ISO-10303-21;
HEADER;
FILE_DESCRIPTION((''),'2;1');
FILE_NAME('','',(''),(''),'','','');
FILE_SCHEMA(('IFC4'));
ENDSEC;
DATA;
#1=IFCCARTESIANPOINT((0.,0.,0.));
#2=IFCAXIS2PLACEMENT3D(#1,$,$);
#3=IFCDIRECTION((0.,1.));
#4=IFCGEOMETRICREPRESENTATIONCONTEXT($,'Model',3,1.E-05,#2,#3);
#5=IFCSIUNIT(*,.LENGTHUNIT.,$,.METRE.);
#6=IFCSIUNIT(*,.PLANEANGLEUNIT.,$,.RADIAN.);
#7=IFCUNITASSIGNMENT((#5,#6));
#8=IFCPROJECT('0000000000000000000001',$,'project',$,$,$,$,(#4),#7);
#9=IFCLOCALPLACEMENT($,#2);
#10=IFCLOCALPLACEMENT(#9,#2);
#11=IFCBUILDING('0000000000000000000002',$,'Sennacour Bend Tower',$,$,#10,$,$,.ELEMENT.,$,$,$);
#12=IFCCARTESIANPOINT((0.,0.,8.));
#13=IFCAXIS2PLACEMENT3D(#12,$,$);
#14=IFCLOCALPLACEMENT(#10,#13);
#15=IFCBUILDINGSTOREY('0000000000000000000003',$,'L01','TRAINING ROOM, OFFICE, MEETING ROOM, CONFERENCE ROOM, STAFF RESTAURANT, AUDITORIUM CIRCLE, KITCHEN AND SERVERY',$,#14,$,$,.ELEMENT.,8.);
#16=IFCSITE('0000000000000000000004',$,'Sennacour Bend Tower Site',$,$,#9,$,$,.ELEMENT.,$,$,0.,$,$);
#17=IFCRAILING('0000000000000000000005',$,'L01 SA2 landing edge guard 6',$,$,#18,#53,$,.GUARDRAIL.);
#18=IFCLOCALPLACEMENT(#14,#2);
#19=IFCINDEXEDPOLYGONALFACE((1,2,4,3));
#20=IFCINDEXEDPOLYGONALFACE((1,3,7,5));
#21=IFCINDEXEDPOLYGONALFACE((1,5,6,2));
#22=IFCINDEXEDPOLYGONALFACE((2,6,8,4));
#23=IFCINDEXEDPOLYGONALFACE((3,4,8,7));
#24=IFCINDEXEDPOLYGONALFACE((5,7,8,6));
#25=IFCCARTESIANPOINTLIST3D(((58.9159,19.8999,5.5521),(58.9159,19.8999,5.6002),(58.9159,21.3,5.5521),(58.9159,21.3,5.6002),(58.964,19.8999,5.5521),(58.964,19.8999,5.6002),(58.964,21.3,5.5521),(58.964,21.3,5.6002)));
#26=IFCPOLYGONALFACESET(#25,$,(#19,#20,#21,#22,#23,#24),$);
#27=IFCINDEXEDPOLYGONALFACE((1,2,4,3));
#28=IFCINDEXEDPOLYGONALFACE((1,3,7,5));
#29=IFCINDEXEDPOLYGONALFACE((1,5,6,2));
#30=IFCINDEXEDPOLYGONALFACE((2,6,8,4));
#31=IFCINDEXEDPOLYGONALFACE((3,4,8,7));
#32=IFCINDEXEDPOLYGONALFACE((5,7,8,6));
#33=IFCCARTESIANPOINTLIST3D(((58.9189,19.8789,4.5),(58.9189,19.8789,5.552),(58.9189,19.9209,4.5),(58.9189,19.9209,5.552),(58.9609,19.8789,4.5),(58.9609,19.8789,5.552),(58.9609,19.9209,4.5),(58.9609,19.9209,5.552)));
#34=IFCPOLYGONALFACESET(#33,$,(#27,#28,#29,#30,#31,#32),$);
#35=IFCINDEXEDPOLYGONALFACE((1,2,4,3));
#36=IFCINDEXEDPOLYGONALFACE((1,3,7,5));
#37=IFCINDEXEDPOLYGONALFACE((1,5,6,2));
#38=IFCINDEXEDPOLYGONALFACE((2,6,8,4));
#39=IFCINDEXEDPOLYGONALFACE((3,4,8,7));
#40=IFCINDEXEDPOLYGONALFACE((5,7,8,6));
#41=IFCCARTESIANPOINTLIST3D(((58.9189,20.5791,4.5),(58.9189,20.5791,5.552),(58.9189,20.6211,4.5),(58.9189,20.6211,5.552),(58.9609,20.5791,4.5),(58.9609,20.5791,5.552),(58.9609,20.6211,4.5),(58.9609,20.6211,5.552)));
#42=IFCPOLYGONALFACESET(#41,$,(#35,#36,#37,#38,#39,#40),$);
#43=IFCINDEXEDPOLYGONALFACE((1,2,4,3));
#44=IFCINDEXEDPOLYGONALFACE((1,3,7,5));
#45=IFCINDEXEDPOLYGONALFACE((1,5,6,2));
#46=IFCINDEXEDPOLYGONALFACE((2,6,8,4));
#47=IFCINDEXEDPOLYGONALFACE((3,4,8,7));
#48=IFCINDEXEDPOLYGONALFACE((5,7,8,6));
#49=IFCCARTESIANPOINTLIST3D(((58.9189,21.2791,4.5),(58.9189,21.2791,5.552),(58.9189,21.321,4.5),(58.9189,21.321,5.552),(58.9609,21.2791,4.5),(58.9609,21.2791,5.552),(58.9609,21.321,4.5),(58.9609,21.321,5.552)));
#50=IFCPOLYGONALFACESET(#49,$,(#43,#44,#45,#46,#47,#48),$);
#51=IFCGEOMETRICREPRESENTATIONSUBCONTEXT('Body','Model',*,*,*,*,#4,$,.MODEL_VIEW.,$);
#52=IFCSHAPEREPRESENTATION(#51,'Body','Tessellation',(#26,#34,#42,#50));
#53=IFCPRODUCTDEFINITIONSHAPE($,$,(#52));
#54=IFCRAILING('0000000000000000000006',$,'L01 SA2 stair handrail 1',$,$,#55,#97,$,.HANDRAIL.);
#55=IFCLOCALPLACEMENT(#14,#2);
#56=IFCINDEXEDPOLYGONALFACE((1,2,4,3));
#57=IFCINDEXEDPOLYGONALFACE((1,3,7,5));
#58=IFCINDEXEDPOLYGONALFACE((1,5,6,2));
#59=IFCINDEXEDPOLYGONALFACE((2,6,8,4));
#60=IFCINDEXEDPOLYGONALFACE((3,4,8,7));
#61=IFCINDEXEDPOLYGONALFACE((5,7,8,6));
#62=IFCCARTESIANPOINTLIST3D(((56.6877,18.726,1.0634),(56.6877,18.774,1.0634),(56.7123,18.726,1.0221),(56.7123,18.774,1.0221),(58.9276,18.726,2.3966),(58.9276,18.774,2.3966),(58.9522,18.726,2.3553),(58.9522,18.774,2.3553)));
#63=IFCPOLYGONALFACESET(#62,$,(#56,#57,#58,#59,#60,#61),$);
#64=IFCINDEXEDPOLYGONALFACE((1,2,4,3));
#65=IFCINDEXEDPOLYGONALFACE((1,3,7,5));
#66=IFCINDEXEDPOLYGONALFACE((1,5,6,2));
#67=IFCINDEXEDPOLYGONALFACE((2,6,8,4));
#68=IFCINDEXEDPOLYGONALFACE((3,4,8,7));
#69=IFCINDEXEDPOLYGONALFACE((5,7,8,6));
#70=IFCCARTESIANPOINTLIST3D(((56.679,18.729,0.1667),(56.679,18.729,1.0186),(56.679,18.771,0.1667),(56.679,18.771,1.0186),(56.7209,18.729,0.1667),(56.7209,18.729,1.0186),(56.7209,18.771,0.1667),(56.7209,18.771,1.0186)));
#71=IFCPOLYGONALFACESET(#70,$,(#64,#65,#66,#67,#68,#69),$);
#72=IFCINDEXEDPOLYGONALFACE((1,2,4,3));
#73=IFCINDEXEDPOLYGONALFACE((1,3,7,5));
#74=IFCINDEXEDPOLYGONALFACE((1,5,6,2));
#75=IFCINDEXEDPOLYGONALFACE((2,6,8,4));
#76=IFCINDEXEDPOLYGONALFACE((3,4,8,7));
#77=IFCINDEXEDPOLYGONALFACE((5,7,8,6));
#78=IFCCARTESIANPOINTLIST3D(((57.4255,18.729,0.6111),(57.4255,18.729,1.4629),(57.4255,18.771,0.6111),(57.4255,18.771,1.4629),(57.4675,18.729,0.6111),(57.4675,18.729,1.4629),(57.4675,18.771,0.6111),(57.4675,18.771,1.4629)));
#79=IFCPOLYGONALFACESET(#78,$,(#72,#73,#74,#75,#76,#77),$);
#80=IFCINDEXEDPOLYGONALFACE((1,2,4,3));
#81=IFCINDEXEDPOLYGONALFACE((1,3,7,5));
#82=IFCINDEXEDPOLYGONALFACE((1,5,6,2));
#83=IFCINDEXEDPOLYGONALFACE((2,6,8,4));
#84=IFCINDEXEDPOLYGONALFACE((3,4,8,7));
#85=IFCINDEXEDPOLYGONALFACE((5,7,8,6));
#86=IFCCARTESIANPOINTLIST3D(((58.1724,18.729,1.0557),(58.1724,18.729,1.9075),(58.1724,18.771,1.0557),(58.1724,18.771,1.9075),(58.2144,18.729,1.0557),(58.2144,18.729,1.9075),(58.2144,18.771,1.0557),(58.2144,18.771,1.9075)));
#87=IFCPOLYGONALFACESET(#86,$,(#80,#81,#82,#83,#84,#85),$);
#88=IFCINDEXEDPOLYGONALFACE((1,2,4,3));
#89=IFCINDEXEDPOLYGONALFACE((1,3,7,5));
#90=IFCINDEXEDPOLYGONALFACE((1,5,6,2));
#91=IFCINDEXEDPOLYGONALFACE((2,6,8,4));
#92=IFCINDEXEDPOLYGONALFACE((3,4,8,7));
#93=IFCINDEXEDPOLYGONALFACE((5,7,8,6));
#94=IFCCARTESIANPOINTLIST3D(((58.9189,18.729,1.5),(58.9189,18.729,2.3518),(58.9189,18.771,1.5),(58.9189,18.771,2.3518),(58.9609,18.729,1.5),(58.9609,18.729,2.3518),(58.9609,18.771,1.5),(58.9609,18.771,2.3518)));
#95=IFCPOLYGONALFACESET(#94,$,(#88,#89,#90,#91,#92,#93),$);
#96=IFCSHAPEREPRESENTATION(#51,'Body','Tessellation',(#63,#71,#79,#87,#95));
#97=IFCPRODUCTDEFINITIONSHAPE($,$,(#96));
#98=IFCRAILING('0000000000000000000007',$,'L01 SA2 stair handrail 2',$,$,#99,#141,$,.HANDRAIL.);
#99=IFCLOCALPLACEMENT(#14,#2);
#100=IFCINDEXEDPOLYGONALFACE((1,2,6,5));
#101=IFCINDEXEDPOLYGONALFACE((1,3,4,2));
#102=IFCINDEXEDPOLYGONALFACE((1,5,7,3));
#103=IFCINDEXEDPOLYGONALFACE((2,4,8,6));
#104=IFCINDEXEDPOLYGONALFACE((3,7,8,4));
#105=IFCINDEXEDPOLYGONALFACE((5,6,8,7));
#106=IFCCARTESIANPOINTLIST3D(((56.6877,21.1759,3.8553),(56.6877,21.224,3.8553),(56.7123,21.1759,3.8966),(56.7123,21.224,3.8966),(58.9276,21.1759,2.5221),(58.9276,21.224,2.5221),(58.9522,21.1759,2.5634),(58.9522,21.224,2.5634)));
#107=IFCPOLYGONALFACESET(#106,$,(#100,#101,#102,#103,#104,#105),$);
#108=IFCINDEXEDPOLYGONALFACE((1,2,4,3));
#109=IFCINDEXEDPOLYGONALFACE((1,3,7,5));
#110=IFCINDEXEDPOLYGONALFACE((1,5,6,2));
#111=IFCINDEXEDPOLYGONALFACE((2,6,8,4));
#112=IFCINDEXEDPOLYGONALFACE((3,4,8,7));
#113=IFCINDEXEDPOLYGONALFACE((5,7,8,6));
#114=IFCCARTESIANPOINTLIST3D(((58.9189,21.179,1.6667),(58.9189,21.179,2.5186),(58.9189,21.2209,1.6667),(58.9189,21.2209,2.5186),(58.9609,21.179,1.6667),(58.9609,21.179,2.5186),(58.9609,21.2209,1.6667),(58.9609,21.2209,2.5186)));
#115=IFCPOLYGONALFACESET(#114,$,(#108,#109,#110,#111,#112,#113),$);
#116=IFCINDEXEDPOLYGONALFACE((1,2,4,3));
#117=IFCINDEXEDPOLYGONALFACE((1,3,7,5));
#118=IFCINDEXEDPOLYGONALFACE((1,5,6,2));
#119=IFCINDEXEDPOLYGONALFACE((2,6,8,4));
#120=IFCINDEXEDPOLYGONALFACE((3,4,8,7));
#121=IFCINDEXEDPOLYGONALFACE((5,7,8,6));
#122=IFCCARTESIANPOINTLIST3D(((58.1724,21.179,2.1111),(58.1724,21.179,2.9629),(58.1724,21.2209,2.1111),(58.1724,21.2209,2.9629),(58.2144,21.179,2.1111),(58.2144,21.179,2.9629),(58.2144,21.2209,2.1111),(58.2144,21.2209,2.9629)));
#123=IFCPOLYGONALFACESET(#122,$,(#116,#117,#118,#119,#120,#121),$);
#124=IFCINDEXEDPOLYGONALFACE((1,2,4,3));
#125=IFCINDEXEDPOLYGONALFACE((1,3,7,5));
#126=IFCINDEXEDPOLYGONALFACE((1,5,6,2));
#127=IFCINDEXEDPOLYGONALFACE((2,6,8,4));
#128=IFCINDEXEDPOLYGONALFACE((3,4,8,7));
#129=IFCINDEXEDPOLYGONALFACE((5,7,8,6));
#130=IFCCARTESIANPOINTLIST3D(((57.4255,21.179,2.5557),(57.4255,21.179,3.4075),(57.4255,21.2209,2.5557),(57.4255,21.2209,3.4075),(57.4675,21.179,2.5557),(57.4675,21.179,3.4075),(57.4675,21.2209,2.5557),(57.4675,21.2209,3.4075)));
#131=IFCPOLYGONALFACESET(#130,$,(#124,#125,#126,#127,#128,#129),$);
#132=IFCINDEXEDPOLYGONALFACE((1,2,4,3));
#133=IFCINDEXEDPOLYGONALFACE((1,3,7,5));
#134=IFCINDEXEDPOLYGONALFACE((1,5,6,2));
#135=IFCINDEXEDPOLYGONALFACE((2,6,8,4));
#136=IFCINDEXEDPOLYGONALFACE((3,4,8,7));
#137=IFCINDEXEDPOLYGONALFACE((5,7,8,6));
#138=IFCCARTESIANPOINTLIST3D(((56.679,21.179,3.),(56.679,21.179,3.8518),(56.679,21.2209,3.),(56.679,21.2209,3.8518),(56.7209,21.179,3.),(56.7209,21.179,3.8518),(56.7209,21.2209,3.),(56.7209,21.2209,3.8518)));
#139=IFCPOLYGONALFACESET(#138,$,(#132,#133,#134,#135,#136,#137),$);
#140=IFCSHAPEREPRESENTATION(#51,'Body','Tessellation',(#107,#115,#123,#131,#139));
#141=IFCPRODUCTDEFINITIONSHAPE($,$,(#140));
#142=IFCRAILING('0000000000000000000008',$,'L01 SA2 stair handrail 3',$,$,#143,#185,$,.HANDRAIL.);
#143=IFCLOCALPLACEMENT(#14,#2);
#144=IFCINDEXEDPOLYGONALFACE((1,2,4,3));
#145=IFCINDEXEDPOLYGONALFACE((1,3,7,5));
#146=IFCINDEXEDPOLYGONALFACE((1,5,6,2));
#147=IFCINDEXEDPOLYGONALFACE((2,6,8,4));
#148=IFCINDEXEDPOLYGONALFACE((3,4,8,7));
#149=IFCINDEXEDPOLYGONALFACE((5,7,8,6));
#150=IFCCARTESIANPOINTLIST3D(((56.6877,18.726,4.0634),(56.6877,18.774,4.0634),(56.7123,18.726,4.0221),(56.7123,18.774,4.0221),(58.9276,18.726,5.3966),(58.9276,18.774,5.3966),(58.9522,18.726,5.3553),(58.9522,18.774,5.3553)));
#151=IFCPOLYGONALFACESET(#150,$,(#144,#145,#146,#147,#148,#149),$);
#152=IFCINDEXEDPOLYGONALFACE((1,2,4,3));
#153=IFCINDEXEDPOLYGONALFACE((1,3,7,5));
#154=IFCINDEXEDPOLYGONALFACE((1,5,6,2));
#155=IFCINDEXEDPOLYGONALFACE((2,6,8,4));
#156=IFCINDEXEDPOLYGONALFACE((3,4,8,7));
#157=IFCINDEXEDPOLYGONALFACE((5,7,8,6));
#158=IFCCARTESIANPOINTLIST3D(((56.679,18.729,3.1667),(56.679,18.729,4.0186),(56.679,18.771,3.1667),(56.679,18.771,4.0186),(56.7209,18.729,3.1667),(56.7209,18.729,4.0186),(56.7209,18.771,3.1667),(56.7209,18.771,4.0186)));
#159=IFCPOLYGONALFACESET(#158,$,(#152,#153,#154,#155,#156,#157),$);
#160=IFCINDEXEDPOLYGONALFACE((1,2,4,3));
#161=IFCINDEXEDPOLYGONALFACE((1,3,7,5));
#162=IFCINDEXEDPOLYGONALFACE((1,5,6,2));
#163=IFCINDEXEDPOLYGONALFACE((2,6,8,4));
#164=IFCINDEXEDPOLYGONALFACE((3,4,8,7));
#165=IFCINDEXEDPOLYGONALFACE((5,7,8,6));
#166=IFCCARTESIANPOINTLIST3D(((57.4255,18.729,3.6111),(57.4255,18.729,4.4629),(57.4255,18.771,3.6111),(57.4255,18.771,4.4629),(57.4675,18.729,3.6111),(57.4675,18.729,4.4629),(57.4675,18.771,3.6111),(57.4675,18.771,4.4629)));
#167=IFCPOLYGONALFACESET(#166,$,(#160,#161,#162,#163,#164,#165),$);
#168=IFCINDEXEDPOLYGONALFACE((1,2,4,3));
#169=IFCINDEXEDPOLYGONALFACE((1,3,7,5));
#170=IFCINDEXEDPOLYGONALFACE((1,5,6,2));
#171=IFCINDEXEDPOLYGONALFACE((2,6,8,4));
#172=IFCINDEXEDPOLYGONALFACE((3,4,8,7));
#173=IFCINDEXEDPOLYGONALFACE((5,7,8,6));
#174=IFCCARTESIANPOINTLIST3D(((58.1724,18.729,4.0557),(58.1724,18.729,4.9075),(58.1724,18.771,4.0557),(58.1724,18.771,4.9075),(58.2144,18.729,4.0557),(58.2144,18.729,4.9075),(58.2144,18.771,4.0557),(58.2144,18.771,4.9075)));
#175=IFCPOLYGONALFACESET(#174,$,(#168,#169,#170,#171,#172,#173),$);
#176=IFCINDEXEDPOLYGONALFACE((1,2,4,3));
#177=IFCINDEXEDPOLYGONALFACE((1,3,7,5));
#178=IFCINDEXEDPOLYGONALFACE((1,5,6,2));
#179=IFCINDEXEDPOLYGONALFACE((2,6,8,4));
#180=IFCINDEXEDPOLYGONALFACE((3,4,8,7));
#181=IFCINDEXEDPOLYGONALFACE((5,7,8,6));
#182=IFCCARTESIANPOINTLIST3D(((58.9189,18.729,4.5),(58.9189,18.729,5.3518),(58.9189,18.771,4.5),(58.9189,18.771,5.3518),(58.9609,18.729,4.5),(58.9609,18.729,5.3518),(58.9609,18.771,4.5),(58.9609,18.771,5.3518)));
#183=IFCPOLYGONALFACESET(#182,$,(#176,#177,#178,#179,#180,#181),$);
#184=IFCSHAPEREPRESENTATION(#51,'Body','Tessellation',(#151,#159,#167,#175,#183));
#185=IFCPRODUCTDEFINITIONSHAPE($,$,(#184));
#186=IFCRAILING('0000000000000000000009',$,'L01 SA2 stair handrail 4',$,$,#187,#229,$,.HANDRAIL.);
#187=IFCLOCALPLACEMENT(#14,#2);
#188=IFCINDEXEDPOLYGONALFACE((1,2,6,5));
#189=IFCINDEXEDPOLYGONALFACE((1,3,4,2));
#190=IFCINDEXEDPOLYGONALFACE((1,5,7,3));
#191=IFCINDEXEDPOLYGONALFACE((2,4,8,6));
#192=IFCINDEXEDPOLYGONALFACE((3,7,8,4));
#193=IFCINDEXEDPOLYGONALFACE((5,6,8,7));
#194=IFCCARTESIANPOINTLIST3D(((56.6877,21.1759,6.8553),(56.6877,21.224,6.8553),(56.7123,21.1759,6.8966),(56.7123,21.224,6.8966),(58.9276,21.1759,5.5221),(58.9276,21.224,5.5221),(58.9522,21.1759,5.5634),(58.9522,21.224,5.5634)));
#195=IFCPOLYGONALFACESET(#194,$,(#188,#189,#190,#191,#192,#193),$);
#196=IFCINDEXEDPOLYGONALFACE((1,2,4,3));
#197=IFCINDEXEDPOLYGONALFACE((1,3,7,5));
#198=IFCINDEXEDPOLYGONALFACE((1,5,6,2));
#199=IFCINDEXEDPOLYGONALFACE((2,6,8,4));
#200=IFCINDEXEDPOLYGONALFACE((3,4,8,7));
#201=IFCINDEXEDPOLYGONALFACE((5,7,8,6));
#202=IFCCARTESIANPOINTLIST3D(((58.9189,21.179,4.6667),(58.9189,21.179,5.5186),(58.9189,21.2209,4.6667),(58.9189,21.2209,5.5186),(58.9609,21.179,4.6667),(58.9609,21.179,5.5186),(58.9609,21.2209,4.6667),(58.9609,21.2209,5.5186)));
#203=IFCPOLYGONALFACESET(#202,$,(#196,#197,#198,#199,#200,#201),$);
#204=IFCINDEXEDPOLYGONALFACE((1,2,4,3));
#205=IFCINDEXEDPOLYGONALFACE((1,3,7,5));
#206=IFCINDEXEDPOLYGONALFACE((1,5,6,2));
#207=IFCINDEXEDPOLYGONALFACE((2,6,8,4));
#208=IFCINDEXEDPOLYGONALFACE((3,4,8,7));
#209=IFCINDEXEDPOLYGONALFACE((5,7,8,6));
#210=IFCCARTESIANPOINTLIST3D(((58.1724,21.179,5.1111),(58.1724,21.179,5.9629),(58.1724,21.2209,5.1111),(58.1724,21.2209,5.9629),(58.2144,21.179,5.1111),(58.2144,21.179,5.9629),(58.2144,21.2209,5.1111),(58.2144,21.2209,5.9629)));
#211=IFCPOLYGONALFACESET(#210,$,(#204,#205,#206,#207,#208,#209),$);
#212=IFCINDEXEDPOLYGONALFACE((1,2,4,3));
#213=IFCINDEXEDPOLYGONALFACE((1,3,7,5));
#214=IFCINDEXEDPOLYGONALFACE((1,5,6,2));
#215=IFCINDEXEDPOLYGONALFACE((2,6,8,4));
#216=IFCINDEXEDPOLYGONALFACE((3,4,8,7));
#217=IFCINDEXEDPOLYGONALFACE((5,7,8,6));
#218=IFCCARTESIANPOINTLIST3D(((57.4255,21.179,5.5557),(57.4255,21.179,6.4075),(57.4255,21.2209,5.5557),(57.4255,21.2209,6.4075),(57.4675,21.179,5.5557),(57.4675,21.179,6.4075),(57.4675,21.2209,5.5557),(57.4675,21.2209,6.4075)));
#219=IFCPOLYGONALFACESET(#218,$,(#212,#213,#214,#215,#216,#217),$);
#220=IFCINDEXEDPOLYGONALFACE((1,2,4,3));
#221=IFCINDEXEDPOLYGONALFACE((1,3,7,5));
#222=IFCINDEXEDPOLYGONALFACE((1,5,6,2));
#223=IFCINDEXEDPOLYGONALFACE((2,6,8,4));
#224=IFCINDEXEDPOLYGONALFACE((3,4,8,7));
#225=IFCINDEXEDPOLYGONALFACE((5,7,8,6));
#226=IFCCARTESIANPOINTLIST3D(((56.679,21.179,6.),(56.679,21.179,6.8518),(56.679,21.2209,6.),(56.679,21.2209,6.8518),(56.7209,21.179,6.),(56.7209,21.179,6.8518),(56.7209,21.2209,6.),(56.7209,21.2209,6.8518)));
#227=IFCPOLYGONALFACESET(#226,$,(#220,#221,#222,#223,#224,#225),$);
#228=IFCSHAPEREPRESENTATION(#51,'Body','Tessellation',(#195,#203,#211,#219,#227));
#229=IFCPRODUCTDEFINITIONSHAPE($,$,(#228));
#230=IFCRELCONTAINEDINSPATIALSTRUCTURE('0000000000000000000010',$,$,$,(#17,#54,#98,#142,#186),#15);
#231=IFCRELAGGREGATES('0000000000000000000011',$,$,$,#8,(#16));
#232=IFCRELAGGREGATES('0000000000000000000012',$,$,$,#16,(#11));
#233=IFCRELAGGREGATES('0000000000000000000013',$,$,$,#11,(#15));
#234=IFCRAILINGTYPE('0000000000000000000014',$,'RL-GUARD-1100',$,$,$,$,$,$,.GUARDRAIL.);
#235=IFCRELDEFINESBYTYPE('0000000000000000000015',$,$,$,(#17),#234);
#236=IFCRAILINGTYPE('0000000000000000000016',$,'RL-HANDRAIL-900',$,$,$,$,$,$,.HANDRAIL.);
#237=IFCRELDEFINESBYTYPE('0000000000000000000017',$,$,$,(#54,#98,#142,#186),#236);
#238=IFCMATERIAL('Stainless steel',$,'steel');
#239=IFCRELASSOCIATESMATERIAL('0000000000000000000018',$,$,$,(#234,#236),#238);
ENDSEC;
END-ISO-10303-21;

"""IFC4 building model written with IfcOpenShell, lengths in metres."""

from ifc_helpers import new_model, si_unit, direction, frame, origin, origin_2d, place, context, subcontext, project, spatial, rectangle, extrude, material, type_object, element, save


model = new_model("IFC4")

# Units and contexts
model_context = context("Model", 3, precision=1e-05, world=origin(), true_north=direction((0.0, 1.0)))
body_context = subcontext(model_context, "Body", "Model", "MODEL_VIEW")
ifc_project = project(units=[si_unit("LENGTHUNIT", "METRE"), si_unit("PLANEANGLEUNIT", "RADIAN")], contexts=[model_context])

# Site, building, storey
site_placement = place(None, origin())
site = spatial("IfcSite", under=ifc_project, at=site_placement, Name="Sennacour Bend Tower Site", CompositionType="ELEMENT", RefElevation=0.0)
building_placement = place(site_placement, origin())
building = spatial("IfcBuilding", under=site, at=building_placement, Name="Sennacour Bend Tower", CompositionType="ELEMENT")
storey_placement = place(building_placement, frame((0.0, 0.0, 8.0)))
storey = spatial("IfcBuildingStorey", under=building, at=storey_placement, Name="L01", Description="TRAINING ROOM, OFFICE, MEETING ROOM, CONFERENCE ROOM, STAFF RESTAURANT, AUDITORIUM CIRCLE, KITCHEN AND SERVERY", CompositionType="ELEMENT", Elevation=8.0)

# Shared definitions
ifc_material_1 = material(Name="Stainless steel", Category="steel")

# Railings
railing_type_1 = type_object("IfcRailingType", Name="RL-GUARD-1100", PredefinedType="GUARDRAIL", material=ifc_material_1)
railing_1_placement = place(storey_placement, frame((58.9399, 19.8999, 4.5)))
element("IfcRailing", 1, at=railing_1_placement, inside=storey, type_object=railing_type_1, Name="L01 SA2 landing edge guard 6", PredefinedType="GUARDRAIL", context=body_context, shape_type="SweptSolid", body=[
    extrude(rectangle(XDim=0.0481, YDim=0.0481, at=origin_2d()), frame((0.0, 0.0, 1.0762), z_axis=(0.0, 1.0, 0.0), x_axis=(-1.0, 0.0, 0.0)), (0.0, 0.0, 1.0), 1.4001),
    extrude(rectangle(XDim=0.042, YDim=0.042, at=origin_2d()), origin(), (0.0, 0.0, 1.0), 1.052),
    extrude(rectangle(XDim=0.042, YDim=0.042, at=origin_2d()), frame((0.0, 0.7002, 0.0)), (0.0, 0.0, 1.0), 1.052),
    extrude(rectangle(XDim=0.042, YDim=0.042, at=origin_2d()), frame((0.0, 1.4001, 0.0)), (0.0, 0.0, 1.0), 1.052),
])
railing_type_2 = type_object("IfcRailingType", Name="RL-HANDRAIL-900", PredefinedType="HANDRAIL", material=ifc_material_1)
railing_2_placement = place(storey_placement, frame((56.7, 18.75, 0.1667)))
element("IfcRailing", 2, at=railing_2_placement, inside=storey, type_object=railing_type_2, Name="L01 SA2 stair handrail 1", PredefinedType="HANDRAIL", context=body_context, shape_type="SweptSolid", body=[
    extrude(rectangle(XDim=0.0481, YDim=0.0481, at=origin_2d()), frame((0.0, 0.0, 0.876), z_axis=(0.859306, 0.0, 0.511462), x_axis=(0.0, 1.0, 0.0)), (0.0, 0.0, 1.0), 2.6067),
    extrude(rectangle(XDim=0.042, YDim=0.042, at=origin_2d()), origin(), (0.0, 0.0, 1.0), 0.8518),
    extrude(rectangle(XDim=0.042, YDim=0.042, at=origin_2d()), frame((0.7466, 0.0, 0.4443)), (0.0, 0.0, 1.0), 0.8518),
    extrude(rectangle(XDim=0.042, YDim=0.042, at=origin_2d()), frame((1.4934, 0.0, 0.8889)), (0.0, 0.0, 1.0), 0.8518),
    extrude(rectangle(XDim=0.042, YDim=0.042, at=origin_2d()), frame((2.24, 0.0, 1.3333)), (0.0, 0.0, 1.0), 0.8518),
])
railing_3_placement = place(storey_placement, frame((58.9399, 21.2, 1.6667)))
element("IfcRailing", 3, at=railing_3_placement, inside=storey, type_object=railing_type_2, Name="L01 SA2 stair handrail 2", PredefinedType="HANDRAIL", context=body_context, shape_type="SweptSolid", body=[
    extrude(rectangle(XDim=0.0481, YDim=0.0481, at=origin_2d()), frame((0.0, 0.0, 0.876), z_axis=(-0.859306, 0.0, 0.511462), x_axis=(0.0, -1.0, 0.0)), (0.0, 0.0, 1.0), 2.6067),
    extrude(rectangle(XDim=0.042, YDim=0.042, at=origin_2d()), origin(), (0.0, 0.0, 1.0), 0.8518),
    extrude(rectangle(XDim=0.042, YDim=0.042, at=origin_2d()), frame((-0.7466, 0.0, 0.4443)), (0.0, 0.0, 1.0), 0.8518),
    extrude(rectangle(XDim=0.042, YDim=0.042, at=origin_2d()), frame((-1.4934, 0.0, 0.8889)), (0.0, 0.0, 1.0), 0.8518),
    extrude(rectangle(XDim=0.042, YDim=0.042, at=origin_2d()), frame((-2.24, 0.0, 1.3333)), (0.0, 0.0, 1.0), 0.8518),
])
railing_4_placement = place(storey_placement, frame((56.7, 18.75, 3.1667)))
element("IfcRailing", 4, at=railing_4_placement, inside=storey, type_object=railing_type_2, Name="L01 SA2 stair handrail 3", PredefinedType="HANDRAIL", context=body_context, shape_type="SweptSolid", body=[
    extrude(rectangle(XDim=0.0481, YDim=0.0481, at=origin_2d()), frame((0.0, 0.0, 0.876), z_axis=(0.859306, 0.0, 0.511462), x_axis=(0.0, 1.0, 0.0)), (0.0, 0.0, 1.0), 2.6067),
    extrude(rectangle(XDim=0.042, YDim=0.042, at=origin_2d()), origin(), (0.0, 0.0, 1.0), 0.8518),
    extrude(rectangle(XDim=0.042, YDim=0.042, at=origin_2d()), frame((0.7466, 0.0, 0.4443)), (0.0, 0.0, 1.0), 0.8518),
    extrude(rectangle(XDim=0.042, YDim=0.042, at=origin_2d()), frame((1.4934, 0.0, 0.8889)), (0.0, 0.0, 1.0), 0.8518),
    extrude(rectangle(XDim=0.042, YDim=0.042, at=origin_2d()), frame((2.24, 0.0, 1.3333)), (0.0, 0.0, 1.0), 0.8518),
])
railing_5_placement = place(storey_placement, frame((58.9399, 21.2, 4.6667)))
element("IfcRailing", 5, at=railing_5_placement, inside=storey, type_object=railing_type_2, Name="L01 SA2 stair handrail 4", PredefinedType="HANDRAIL", context=body_context, shape_type="SweptSolid", body=[
    extrude(rectangle(XDim=0.0481, YDim=0.0481, at=origin_2d()), frame((0.0, 0.0, 0.876), z_axis=(-0.859306, 0.0, 0.511462), x_axis=(0.0, -1.0, 0.0)), (0.0, 0.0, 1.0), 2.6067),
    extrude(rectangle(XDim=0.042, YDim=0.042, at=origin_2d()), origin(), (0.0, 0.0, 1.0), 0.8518),
    extrude(rectangle(XDim=0.042, YDim=0.042, at=origin_2d()), frame((-0.7466, 0.0, 0.4443)), (0.0, 0.0, 1.0), 0.8518),
    extrude(rectangle(XDim=0.042, YDim=0.042, at=origin_2d()), frame((-1.4934, 0.0, 0.8889)), (0.0, 0.0, 1.0), 0.8518),
    extrude(rectangle(XDim=0.042, YDim=0.042, at=origin_2d()), frame((-2.24, 0.0, 1.3333)), (0.0, 0.0, 1.0), 0.8518),
])

save(model, "model.ifc")
